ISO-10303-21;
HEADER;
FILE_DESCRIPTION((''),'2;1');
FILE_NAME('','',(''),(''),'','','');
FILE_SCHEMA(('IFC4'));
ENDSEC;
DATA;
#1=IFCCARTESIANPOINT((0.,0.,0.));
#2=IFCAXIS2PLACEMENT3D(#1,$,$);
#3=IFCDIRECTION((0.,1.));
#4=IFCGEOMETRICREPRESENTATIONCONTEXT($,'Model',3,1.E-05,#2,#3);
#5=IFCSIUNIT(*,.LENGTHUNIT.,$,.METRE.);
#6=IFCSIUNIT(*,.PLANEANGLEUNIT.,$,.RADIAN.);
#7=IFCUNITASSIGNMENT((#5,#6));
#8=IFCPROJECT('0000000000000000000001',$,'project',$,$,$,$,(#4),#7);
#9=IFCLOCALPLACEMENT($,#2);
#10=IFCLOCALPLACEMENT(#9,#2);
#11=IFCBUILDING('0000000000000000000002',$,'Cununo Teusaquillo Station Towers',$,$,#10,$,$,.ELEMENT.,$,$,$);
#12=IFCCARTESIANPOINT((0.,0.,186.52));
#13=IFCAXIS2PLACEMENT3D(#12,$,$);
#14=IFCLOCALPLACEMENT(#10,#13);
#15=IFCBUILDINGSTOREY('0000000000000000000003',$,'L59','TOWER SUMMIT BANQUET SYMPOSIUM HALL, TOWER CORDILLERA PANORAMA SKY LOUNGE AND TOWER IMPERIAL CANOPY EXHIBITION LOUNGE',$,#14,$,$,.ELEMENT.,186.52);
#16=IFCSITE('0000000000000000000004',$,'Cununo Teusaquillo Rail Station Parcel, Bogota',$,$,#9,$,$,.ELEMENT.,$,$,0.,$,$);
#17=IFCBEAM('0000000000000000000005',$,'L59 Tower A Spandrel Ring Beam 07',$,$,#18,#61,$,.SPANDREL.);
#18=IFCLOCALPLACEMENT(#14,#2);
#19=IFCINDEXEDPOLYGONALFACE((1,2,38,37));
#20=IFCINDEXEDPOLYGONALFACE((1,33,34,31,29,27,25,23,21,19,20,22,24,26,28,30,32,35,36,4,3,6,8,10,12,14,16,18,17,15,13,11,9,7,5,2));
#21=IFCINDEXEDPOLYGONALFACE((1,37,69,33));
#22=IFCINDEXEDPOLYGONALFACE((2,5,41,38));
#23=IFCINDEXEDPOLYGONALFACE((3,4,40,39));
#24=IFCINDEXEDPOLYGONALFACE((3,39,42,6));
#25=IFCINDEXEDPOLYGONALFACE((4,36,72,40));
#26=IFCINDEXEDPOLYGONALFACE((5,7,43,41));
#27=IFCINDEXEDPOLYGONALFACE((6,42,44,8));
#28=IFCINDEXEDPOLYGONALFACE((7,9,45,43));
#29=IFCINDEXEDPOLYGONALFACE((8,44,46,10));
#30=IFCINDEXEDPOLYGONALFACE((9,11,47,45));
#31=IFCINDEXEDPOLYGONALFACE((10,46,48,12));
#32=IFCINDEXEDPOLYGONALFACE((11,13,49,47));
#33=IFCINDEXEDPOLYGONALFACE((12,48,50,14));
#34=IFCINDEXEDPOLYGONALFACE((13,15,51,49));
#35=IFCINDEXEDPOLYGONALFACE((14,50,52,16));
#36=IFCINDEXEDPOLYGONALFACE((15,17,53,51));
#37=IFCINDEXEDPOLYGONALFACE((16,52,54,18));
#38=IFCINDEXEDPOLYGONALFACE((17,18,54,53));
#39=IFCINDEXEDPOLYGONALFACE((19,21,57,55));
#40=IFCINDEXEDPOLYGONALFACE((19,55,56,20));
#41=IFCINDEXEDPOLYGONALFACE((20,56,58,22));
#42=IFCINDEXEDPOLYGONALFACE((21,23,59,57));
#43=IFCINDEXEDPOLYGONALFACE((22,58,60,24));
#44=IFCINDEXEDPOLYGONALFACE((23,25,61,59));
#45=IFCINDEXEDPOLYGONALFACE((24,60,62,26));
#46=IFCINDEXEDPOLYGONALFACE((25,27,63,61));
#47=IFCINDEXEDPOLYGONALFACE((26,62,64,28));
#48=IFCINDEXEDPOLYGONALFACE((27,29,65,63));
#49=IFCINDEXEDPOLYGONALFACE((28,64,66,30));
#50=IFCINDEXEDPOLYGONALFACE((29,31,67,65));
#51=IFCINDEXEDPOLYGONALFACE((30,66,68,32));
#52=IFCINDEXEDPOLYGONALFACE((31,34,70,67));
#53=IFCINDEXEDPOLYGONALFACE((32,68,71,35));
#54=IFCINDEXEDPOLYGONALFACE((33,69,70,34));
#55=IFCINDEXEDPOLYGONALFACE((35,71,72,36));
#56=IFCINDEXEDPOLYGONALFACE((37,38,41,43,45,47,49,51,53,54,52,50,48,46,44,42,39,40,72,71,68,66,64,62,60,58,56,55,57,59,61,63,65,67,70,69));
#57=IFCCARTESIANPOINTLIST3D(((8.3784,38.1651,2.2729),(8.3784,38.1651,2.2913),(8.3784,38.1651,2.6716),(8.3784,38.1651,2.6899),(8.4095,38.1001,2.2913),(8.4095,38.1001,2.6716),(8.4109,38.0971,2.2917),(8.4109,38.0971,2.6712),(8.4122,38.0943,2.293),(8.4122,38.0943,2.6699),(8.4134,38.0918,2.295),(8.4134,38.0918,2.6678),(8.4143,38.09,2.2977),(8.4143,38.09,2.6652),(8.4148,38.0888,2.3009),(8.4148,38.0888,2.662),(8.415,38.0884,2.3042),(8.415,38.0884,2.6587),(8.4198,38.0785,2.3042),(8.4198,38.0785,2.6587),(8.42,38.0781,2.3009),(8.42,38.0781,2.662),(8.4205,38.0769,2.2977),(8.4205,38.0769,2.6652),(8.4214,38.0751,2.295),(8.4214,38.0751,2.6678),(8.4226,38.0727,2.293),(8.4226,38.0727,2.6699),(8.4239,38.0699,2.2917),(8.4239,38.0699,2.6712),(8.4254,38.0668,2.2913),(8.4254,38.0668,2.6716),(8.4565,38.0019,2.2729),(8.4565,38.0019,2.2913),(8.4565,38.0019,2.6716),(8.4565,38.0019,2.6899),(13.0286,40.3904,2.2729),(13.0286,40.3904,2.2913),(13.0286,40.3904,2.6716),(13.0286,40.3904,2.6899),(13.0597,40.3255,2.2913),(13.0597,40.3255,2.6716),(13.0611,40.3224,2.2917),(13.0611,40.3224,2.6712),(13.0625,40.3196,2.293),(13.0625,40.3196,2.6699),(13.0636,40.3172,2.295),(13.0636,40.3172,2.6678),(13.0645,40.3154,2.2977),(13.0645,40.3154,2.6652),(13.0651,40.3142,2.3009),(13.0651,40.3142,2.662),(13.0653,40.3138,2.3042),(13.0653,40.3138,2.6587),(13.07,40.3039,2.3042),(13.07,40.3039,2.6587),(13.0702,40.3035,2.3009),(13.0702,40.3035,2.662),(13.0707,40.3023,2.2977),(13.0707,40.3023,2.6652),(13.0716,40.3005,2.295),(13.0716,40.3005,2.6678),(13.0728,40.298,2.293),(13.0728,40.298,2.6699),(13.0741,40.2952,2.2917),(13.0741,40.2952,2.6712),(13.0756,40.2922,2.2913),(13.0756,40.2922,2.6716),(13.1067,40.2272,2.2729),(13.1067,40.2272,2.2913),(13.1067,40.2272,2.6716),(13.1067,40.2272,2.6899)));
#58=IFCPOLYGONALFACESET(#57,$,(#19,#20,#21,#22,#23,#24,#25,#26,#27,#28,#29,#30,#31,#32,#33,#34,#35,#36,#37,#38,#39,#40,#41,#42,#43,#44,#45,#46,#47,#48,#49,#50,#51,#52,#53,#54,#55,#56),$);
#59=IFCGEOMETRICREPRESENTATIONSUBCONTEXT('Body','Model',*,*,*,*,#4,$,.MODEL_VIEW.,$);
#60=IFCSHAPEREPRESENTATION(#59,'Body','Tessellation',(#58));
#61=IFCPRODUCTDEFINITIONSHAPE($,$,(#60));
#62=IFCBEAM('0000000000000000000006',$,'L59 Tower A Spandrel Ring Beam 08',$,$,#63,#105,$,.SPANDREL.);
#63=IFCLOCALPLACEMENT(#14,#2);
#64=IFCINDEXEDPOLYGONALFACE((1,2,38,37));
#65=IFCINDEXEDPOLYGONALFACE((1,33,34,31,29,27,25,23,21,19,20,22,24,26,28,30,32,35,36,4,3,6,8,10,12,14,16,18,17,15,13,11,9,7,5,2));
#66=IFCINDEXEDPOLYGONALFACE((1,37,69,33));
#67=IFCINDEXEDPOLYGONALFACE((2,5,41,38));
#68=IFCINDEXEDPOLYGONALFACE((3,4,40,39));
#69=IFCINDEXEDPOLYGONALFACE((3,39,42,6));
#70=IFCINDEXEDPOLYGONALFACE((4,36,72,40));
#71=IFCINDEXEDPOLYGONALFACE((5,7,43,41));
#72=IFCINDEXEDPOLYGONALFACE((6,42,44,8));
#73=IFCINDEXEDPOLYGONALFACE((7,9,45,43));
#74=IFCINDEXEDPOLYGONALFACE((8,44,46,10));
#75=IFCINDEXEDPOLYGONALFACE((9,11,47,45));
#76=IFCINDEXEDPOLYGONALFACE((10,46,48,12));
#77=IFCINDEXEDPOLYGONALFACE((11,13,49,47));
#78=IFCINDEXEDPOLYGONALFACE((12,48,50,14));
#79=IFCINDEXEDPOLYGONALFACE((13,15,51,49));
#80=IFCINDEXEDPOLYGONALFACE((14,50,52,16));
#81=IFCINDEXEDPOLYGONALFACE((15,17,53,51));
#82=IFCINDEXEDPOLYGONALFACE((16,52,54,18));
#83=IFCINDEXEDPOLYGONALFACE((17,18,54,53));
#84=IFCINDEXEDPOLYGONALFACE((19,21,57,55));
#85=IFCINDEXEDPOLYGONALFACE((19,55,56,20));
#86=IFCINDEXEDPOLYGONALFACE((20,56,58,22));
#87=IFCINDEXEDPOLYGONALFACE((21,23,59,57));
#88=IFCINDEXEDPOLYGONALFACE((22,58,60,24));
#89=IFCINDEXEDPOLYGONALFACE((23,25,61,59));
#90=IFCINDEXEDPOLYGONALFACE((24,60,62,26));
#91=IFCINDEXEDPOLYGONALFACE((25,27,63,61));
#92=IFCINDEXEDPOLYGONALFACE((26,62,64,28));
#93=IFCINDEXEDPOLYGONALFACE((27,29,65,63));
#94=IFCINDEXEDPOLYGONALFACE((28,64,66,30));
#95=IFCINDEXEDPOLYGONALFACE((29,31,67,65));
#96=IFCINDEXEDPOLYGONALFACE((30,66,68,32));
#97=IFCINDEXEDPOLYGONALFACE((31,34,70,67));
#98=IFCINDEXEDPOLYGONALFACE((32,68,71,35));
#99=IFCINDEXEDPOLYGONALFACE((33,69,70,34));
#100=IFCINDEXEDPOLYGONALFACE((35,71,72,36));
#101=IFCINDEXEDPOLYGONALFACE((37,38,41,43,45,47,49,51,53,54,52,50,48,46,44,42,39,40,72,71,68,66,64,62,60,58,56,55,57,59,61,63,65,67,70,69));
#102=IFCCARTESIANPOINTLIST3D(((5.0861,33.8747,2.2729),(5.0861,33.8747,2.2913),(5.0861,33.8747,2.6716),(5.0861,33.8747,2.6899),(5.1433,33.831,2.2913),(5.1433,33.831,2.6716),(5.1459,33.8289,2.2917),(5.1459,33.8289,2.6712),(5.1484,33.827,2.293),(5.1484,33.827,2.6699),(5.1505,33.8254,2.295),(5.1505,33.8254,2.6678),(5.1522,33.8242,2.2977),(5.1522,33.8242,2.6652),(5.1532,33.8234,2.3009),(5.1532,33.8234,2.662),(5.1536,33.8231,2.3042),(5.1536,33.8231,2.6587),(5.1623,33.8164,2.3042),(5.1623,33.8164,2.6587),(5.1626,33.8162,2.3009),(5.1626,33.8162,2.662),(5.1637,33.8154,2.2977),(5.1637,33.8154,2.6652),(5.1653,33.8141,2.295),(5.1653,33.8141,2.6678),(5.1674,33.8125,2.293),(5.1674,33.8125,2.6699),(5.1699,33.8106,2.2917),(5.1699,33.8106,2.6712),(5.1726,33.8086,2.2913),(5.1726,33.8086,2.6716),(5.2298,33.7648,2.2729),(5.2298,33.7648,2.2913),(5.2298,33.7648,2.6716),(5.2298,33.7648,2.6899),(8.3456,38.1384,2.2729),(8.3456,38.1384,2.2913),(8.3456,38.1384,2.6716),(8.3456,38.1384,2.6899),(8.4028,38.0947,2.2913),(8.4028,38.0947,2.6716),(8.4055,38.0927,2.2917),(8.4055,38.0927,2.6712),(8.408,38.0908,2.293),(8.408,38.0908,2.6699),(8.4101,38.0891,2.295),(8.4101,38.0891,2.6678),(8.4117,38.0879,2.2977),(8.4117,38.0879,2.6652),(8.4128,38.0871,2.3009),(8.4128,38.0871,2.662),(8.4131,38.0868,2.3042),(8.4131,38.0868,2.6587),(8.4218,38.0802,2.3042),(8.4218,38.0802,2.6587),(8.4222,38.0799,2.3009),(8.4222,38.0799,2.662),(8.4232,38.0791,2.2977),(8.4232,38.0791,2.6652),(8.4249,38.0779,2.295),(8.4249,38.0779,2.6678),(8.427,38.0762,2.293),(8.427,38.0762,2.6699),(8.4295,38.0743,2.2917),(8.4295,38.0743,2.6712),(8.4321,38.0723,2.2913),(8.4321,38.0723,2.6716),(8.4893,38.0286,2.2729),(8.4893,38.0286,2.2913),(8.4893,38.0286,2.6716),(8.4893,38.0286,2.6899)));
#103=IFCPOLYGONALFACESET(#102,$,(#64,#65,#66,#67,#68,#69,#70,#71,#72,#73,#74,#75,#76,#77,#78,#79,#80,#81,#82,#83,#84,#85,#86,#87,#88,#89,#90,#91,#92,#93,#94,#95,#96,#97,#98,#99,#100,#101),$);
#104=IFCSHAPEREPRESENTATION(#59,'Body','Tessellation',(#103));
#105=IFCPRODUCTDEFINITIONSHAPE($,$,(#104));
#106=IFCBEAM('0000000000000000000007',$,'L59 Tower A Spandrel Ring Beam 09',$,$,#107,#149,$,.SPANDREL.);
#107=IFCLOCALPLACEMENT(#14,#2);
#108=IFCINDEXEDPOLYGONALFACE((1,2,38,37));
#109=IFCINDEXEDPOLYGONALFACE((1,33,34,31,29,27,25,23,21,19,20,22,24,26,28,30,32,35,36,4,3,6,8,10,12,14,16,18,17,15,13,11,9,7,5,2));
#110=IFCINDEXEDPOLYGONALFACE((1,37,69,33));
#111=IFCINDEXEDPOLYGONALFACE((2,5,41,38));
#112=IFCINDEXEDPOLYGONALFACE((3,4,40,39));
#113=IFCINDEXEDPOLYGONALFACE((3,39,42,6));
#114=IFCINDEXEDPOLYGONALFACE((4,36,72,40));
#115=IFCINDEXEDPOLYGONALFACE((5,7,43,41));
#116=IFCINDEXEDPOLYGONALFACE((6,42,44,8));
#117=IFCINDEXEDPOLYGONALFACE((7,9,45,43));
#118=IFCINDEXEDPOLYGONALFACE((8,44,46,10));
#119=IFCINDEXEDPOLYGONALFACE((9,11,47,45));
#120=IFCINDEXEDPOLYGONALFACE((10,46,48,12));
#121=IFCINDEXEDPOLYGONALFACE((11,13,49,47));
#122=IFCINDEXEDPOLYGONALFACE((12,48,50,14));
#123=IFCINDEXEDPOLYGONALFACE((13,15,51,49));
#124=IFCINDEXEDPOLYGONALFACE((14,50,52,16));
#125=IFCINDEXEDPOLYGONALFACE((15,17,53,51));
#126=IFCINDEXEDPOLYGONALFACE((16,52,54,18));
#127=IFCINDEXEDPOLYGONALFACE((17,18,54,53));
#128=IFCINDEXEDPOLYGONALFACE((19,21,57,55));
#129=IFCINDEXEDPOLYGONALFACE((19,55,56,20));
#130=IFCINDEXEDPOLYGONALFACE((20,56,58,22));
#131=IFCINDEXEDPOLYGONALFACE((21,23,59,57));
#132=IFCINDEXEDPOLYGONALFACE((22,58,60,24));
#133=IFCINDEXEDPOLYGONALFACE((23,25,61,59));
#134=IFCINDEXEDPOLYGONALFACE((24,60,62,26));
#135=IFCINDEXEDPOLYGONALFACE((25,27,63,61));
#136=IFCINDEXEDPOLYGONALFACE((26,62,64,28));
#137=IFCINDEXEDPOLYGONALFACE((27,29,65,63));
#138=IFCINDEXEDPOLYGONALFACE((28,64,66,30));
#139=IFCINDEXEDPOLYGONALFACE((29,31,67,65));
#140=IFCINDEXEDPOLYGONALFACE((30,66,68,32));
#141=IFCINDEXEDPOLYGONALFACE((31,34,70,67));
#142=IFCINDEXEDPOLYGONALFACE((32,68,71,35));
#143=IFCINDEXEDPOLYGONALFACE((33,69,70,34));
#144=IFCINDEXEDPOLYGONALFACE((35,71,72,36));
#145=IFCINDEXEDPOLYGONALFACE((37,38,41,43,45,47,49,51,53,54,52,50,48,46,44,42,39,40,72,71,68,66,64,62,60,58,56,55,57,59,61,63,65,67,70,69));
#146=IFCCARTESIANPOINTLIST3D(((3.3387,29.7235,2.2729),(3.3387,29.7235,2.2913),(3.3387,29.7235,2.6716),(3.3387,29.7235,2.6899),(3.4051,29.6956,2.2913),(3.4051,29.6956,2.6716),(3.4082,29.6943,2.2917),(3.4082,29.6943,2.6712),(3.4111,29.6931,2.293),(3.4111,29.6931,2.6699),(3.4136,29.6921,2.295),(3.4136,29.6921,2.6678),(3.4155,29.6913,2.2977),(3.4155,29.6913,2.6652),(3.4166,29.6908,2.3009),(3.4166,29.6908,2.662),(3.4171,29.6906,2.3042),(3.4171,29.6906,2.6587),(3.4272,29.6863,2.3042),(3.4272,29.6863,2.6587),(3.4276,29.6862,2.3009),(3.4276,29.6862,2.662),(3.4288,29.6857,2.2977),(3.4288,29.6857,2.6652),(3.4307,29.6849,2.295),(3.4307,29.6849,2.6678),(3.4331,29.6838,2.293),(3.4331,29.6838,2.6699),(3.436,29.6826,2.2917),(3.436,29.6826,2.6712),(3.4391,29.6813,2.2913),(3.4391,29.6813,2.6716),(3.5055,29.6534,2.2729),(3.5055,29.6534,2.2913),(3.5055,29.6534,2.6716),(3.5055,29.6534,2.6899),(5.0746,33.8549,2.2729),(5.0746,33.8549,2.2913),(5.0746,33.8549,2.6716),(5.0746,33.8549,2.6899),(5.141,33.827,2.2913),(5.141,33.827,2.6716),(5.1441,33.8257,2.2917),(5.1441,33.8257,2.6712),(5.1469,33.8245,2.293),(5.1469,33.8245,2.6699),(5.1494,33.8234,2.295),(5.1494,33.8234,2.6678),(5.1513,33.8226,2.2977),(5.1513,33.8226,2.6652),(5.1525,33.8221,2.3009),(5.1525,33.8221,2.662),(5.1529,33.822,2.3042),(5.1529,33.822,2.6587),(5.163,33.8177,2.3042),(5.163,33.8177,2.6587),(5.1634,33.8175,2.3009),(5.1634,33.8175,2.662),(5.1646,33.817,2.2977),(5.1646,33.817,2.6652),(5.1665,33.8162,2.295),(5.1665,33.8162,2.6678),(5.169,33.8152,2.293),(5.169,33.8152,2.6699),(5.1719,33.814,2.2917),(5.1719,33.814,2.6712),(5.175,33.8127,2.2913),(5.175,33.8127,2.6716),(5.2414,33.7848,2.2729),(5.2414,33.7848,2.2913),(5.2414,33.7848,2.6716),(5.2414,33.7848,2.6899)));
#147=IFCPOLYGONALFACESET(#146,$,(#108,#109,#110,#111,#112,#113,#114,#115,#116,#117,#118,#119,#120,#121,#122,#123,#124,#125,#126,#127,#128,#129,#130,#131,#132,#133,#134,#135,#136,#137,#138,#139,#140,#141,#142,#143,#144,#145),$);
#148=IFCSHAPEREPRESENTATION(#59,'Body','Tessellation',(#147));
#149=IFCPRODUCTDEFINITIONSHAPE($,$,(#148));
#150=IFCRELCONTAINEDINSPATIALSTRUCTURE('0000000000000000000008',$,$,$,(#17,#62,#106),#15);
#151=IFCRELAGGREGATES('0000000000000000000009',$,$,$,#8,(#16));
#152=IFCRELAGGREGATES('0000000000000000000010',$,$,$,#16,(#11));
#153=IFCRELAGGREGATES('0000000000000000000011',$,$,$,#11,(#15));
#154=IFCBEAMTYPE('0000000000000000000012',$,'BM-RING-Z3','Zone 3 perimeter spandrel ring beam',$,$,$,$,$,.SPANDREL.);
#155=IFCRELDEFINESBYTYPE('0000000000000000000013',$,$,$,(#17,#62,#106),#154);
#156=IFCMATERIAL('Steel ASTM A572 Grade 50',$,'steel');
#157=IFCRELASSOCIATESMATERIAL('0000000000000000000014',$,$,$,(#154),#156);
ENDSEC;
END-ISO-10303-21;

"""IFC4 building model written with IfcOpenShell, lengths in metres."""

from ifc_helpers import new_model, si_unit, direction, frame, origin, origin_2d, place, context, subcontext, project, spatial, i_section, extrude, material, material_profile, profile_set, type_object, element, save


model = new_model("IFC4")

# Units and contexts
model_context = context("Model", 3, precision=1e-05, world=origin(), true_north=direction((0.0, 1.0)))
body_context = subcontext(model_context, "Body", "Model", "MODEL_VIEW")
ifc_project = project(units=[si_unit("LENGTHUNIT", "METRE"), si_unit("PLANEANGLEUNIT", "RADIAN")], contexts=[model_context])

# Site, building, storey
site_placement = place(None, origin())
site = spatial("IfcSite", under=ifc_project, at=site_placement, Name="Cununo Teusaquillo Rail Station Parcel, Bogota", CompositionType="ELEMENT", RefElevation=0.0)
building_placement = place(site_placement, origin())
building = spatial("IfcBuilding", under=site, at=building_placement, Name="Cununo Teusaquillo Station Towers", CompositionType="ELEMENT")
storey_placement = place(building_placement, frame((0.0, 0.0, 186.52)))
storey = spatial("IfcBuildingStorey", under=building, at=storey_placement, Name="L59", Description="TOWER SUMMIT BANQUET SYMPOSIUM HALL, TOWER CORDILLERA PANORAMA SKY LOUNGE AND TOWER IMPERIAL CANOPY EXHIBITION LOUNGE", CompositionType="ELEMENT", Elevation=186.52)

# Beams
ifc_material_1 = material(Name="Steel ASTM A572 Grade 50", Category="steel")
ifc_material_profile_1 = material_profile(ifc_material_1, i_section(OverallWidth=0.1809, OverallDepth=0.417, WebThickness=0.011, FlangeThickness=0.0183, FilletRadius=0.0129, at=origin_2d()), Name="W16X57")
ifc_profile_set_1 = profile_set([ifc_material_profile_1], Name="Steel ASTM A572 Grade 50")
beam_type_1 = type_object("IfcBeamType", Name="BM-RING-Z3", Description="Zone 3 perimeter spandrel ring beam", PredefinedType="SPANDREL", material=ifc_profile_set_1)
beam_1_placement = place(storey_placement, frame((13.0676, 40.3088, 2.4814), z_axis=(-0.902032, -0.43167, 0.0), x_axis=(0.43167, -0.902032, 0.0)))
element("IfcBeam", 1, at=beam_1_placement, inside=storey, type_object=beam_type_1, Name="L59 Tower A Spandrel Ring Beam 07", PredefinedType="SPANDREL", context=body_context, shape_type="SweptSolid", body=[
    extrude(i_section(OverallWidth=0.1809, OverallDepth=0.417, WebThickness=0.011, FlangeThickness=0.0183, FilletRadius=0.0129, at=origin_2d()), origin(), (0.0, 0.0, 1.0), 5.1553),
])
beam_2_placement = place(storey_placement, frame((8.4175, 38.0835, 2.4814), z_axis=(-0.60734, -0.794442, 0.0), x_axis=(0.794442, -0.60734, 0.0)))
element("IfcBeam", 2, at=beam_2_placement, inside=storey, type_object=beam_type_1, Name="L59 Tower A Spandrel Ring Beam 08", PredefinedType="SPANDREL", context=body_context, shape_type="SweptSolid", body=[
    extrude(i_section(OverallWidth=0.1809, OverallDepth=0.417, WebThickness=0.011, FlangeThickness=0.0183, FilletRadius=0.0129, at=origin_2d()), origin(), (0.0, 0.0, 1.0), 5.3669),
])
beam_3_placement = place(storey_placement, frame((5.158, 33.8198, 2.4814), z_axis=(-0.38736, -0.921928, 0.0), x_axis=(0.921928, -0.38736, 0.0)))
element("IfcBeam", 3, at=beam_3_placement, inside=storey, type_object=beam_type_1, Name="L59 Tower A Spandrel Ring Beam 09", PredefinedType="SPANDREL", context=body_context, shape_type="SweptSolid", body=[
    extrude(i_section(OverallWidth=0.1809, OverallDepth=0.417, WebThickness=0.011, FlangeThickness=0.0183, FilletRadius=0.0129, at=origin_2d()), origin(), (0.0, 0.0, 1.0), 4.4812),
])

save(model, "model.ifc")
